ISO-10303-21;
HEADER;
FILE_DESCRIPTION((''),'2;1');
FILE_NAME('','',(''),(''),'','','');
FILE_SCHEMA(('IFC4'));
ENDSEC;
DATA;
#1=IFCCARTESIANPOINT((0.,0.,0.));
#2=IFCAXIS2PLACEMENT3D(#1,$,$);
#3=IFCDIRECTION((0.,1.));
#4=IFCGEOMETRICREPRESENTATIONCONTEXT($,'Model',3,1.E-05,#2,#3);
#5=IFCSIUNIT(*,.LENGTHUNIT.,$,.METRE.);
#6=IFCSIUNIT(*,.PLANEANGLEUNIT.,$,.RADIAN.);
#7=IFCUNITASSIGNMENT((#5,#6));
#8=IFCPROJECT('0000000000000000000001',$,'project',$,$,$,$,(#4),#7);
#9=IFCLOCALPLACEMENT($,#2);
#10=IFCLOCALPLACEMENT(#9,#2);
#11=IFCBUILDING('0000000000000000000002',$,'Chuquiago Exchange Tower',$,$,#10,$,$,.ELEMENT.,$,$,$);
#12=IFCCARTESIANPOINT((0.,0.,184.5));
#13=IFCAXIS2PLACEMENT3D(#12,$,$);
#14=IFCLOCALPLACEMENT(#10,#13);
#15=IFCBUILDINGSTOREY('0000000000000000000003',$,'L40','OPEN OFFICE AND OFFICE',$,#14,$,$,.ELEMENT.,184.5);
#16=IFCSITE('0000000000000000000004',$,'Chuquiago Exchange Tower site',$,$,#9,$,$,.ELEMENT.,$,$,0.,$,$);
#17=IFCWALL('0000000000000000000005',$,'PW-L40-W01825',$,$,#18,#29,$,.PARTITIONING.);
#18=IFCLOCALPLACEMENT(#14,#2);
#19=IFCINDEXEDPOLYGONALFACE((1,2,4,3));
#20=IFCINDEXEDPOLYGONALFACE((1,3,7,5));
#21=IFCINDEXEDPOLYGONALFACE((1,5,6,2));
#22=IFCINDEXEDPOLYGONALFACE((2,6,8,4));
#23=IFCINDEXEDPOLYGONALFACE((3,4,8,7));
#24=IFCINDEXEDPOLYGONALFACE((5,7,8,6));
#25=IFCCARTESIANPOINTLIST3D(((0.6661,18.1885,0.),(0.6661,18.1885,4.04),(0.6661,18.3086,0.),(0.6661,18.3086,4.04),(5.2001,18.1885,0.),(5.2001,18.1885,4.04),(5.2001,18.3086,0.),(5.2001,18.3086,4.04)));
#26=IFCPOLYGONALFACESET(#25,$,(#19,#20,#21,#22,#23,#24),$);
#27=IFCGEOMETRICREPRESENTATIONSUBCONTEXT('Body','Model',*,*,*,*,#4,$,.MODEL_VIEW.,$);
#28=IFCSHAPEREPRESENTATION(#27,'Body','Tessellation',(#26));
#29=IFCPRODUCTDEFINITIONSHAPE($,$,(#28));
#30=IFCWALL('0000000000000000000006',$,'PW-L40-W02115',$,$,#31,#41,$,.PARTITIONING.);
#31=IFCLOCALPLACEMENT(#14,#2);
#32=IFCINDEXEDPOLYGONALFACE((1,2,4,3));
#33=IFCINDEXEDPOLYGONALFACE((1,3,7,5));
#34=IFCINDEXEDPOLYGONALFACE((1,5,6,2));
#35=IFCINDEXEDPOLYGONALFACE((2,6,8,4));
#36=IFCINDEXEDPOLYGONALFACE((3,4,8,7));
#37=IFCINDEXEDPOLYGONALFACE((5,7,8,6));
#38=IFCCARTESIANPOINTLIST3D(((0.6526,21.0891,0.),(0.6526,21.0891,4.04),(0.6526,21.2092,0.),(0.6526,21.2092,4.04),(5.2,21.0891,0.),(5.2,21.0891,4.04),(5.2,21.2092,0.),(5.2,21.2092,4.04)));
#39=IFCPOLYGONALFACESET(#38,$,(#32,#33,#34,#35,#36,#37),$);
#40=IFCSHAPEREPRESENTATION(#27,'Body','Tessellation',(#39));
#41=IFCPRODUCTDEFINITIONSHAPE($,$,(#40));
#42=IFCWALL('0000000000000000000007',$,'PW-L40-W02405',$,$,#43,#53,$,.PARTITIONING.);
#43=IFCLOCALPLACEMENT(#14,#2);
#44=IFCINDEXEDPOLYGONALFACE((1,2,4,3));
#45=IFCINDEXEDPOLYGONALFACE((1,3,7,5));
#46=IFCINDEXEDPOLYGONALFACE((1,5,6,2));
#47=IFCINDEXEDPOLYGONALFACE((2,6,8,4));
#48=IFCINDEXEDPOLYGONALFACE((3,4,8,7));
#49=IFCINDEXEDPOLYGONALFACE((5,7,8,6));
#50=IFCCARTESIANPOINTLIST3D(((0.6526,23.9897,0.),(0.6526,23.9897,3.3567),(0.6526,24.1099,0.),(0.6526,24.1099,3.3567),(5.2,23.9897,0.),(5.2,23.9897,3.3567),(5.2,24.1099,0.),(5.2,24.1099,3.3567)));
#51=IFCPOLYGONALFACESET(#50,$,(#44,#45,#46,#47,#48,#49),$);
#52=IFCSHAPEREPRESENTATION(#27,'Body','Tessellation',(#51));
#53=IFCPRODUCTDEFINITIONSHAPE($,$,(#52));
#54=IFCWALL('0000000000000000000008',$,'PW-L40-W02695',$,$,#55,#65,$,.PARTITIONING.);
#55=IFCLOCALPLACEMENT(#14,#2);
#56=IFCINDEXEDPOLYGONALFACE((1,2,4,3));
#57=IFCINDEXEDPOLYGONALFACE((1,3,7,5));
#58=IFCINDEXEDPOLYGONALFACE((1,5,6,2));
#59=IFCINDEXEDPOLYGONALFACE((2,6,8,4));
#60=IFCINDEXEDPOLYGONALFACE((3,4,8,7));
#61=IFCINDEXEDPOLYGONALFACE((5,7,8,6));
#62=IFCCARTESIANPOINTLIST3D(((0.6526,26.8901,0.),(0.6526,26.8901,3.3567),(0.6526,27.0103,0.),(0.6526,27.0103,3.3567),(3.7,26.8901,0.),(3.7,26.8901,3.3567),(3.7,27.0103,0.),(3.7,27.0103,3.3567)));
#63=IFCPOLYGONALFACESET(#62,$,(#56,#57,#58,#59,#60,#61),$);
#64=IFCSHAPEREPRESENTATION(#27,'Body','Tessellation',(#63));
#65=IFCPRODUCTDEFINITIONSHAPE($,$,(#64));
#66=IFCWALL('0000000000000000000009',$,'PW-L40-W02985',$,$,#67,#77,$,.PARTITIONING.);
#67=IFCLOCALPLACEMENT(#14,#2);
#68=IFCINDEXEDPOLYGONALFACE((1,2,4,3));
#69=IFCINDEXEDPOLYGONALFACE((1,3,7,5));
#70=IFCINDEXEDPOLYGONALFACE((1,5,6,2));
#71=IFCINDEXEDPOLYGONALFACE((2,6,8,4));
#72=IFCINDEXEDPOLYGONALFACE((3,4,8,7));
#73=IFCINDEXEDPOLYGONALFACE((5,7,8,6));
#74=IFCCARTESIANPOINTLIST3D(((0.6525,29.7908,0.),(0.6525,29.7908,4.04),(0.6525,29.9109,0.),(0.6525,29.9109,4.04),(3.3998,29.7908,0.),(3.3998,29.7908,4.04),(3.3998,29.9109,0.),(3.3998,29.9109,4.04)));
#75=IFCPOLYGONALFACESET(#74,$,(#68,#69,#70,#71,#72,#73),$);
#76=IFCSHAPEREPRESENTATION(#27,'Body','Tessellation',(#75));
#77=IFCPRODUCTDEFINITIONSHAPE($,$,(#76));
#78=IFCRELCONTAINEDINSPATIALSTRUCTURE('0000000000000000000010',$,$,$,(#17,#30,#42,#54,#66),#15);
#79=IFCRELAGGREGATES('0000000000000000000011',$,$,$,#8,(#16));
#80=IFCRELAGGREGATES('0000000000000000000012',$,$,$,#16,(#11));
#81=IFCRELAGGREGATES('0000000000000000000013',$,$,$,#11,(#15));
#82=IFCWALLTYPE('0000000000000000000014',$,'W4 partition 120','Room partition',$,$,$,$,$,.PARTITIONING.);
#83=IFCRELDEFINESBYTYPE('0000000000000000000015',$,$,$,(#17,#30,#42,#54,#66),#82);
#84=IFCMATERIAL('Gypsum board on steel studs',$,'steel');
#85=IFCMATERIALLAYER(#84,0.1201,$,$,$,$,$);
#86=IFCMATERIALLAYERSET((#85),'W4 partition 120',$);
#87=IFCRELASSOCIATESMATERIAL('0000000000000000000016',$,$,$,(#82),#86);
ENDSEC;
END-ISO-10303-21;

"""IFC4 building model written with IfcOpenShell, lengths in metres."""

from ifc_helpers import new_model, si_unit, direction, frame, frame_2d, origin, place, context, subcontext, project, spatial, rectangle, extrude, material, layer, layer_set, type_object, element, save


model = new_model("IFC4")

# Units and contexts
model_context = context("Model", 3, precision=1e-05, world=origin(), true_north=direction((0.0, 1.0)))
body_context = subcontext(model_context, "Body", "Model", "MODEL_VIEW")
ifc_project = project(units=[si_unit("LENGTHUNIT", "METRE"), si_unit("PLANEANGLEUNIT", "RADIAN")], contexts=[model_context])

# Site, building, storey
site_placement = place(None, origin())
site = spatial("IfcSite", under=ifc_project, at=site_placement, Name="Chuquiago Exchange Tower site", CompositionType="ELEMENT", RefElevation=0.0)
building_placement = place(site_placement, origin())
building = spatial("IfcBuilding", under=site, at=building_placement, Name="Chuquiago Exchange Tower", CompositionType="ELEMENT")
storey_placement = place(building_placement, frame((0.0, 0.0, 184.5)))
storey = spatial("IfcBuildingStorey", under=building, at=storey_placement, Name="L40", Description="OPEN OFFICE AND OFFICE", CompositionType="ELEMENT", Elevation=184.5)

# Walls
ifc_material_1 = material(Name="Gypsum board on steel studs", Category="steel")
ifc_layer_1 = layer(ifc_material_1, 0.1201)
ifc_layer_set_1 = layer_set([ifc_layer_1], Name="W4 partition 120")
wall_type = type_object("IfcWallType", Name="W4 partition 120", Description="Room partition", PredefinedType="PARTITIONING", material=ifc_layer_set_1)
wall_1_placement = place(storey_placement, frame((0.666, 18.2485, 0.0), z_axis=(0.0, 0.0, 1.0), x_axis=(1.0, 0.0, 0.0)))
element("IfcWall", 1, at=wall_1_placement, inside=storey, type_object=wall_type, Name="PW-L40-W01825", PredefinedType="PARTITIONING", context=body_context, shape_type="SweptSolid", body=[
    extrude(rectangle(XDim=4.5339, YDim=0.1201, at=frame_2d((2.2671, 0.0))), origin(), (0.0, 0.0, 1.0), 4.04),
])
wall_2_placement = place(storey_placement, frame((0.6526, 21.1492, 0.0), z_axis=(0.0, 0.0, 1.0), x_axis=(1.0, 0.0, 0.0)))
element("IfcWall", 2, at=wall_2_placement, inside=storey, type_object=wall_type, Name="PW-L40-W02115", PredefinedType="PARTITIONING", context=body_context, shape_type="SweptSolid", body=[
    extrude(rectangle(XDim=4.5474, YDim=0.1201, at=frame_2d((2.2737, 0.0))), origin(), (0.0, 0.0, 1.0), 4.04),
])
wall_3_placement = place(storey_placement, frame((0.6526, 24.0498, 0.0), z_axis=(0.0, 0.0, 1.0), x_axis=(1.0, 0.0, 0.0)))
element("IfcWall", 3, at=wall_3_placement, inside=storey, type_object=wall_type, Name="PW-L40-W02405", PredefinedType="PARTITIONING", context=body_context, shape_type="SweptSolid", body=[
    extrude(rectangle(XDim=4.5474, YDim=0.1201, at=frame_2d((2.2737, 0.0))), origin(), (0.0, 0.0, 1.0), 3.3567),
])
wall_4_placement = place(storey_placement, frame((0.6526, 26.9502, 0.0), z_axis=(0.0, 0.0, 1.0), x_axis=(1.0, 0.0, 0.0)))
element("IfcWall", 4, at=wall_4_placement, inside=storey, type_object=wall_type, Name="PW-L40-W02695", PredefinedType="PARTITIONING", context=body_context, shape_type="SweptSolid", body=[
    extrude(rectangle(XDim=3.0474, YDim=0.1201, at=frame_2d((1.5237, 0.0))), origin(), (0.0, 0.0, 1.0), 3.3567),
])
wall_5_placement = place(storey_placement, frame((0.6526, 29.8508, 0.0), z_axis=(0.0, 0.0, 1.0), x_axis=(1.0, 0.0, 0.0)))
element("IfcWall", 5, at=wall_5_placement, inside=storey, type_object=wall_type, Name="PW-L40-W02985", PredefinedType="PARTITIONING", context=body_context, shape_type="SweptSolid", body=[
    extrude(rectangle(XDim=2.7473, YDim=0.1201, at=frame_2d((1.3735, 0.0))), origin(), (0.0, 0.0, 1.0), 4.04),
])

save(model, "model.ifc")
